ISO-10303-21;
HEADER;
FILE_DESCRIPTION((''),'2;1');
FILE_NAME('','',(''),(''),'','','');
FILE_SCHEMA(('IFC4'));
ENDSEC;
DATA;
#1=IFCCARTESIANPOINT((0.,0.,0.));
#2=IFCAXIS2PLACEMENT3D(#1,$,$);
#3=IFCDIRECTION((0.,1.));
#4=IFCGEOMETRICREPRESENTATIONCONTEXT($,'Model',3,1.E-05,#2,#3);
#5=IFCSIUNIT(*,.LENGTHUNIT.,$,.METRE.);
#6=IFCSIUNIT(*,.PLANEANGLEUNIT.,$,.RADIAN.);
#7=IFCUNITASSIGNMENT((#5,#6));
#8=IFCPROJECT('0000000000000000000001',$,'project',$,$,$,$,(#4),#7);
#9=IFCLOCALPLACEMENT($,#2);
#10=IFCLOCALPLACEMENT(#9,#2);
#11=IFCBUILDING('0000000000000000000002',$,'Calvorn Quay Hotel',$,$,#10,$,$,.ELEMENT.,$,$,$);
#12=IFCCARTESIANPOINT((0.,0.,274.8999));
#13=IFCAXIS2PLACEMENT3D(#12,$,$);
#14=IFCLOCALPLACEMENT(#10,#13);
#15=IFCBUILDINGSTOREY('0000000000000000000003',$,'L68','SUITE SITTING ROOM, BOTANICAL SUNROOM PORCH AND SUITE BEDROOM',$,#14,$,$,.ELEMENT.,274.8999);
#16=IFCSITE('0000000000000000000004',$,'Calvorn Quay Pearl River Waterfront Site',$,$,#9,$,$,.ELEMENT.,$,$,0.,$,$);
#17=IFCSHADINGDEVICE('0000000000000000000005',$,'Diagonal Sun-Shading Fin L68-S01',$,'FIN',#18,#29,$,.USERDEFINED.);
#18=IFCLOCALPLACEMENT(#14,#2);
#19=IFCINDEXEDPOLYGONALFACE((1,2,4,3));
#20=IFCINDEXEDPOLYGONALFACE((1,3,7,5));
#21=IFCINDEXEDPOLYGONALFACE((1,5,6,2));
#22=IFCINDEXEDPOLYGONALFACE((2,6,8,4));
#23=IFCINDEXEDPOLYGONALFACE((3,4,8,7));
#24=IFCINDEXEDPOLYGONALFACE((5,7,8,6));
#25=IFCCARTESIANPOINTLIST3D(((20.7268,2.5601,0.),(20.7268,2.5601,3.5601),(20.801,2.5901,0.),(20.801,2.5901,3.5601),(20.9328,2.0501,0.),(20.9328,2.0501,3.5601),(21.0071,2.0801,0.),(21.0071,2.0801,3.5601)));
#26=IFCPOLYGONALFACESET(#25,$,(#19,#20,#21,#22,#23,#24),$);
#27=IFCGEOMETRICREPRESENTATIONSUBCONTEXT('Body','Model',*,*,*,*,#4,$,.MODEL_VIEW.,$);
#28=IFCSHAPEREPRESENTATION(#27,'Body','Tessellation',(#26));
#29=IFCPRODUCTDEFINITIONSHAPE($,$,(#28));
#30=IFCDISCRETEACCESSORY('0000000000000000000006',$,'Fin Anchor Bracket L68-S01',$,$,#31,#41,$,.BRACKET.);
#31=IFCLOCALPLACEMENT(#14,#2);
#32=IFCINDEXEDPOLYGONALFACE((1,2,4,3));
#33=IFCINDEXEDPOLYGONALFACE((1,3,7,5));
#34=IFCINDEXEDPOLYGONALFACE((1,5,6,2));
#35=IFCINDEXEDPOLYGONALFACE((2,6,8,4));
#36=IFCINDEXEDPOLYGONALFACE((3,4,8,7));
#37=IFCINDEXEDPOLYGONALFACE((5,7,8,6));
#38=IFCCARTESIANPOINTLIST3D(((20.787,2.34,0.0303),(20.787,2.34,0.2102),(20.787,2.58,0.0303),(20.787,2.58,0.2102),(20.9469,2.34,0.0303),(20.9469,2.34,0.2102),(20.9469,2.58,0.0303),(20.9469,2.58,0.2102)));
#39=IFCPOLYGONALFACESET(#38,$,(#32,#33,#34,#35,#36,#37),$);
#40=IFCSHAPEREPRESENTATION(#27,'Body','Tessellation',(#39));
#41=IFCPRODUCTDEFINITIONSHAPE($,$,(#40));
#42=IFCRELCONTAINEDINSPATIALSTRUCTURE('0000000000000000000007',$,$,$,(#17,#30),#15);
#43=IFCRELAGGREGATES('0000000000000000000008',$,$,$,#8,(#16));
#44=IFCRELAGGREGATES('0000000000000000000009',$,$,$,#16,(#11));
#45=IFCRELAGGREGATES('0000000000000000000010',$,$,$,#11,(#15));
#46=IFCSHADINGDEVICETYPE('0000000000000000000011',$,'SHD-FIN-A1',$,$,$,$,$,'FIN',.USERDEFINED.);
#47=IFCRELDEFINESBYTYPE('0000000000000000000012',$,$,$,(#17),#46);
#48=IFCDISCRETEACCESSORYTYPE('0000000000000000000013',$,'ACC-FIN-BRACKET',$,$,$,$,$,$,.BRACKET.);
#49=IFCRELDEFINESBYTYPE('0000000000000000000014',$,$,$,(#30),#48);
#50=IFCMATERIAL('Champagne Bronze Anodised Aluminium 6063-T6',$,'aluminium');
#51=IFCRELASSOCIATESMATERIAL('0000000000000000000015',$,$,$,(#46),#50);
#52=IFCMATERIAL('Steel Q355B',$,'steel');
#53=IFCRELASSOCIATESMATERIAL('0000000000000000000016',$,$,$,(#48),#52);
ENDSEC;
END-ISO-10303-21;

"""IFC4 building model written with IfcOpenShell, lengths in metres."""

from ifc_helpers import new_model, si_unit, direction, frame, origin, origin_2d, place, context, subcontext, project, spatial, rectangle, extrude, material, type_object, element, save


model = new_model("IFC4")

# Units and contexts
model_context = context("Model", 3, precision=1e-05, world=origin(), true_north=direction((0.0, 1.0)))
body_context = subcontext(model_context, "Body", "Model", "MODEL_VIEW")
ifc_project = project(units=[si_unit("LENGTHUNIT", "METRE"), si_unit("PLANEANGLEUNIT", "RADIAN")], contexts=[model_context])

# Site, building, storey
site_placement = place(None, origin())
site = spatial("IfcSite", under=ifc_project, at=site_placement, Name="Calvorn Quay Pearl River Waterfront Site", CompositionType="ELEMENT", RefElevation=0.0)
building_placement = place(site_placement, origin())
building = spatial("IfcBuilding", under=site, at=building_placement, Name="Calvorn Quay Hotel", CompositionType="ELEMENT")
storey_placement = place(building_placement, frame((0.0, 0.0, 274.8999)))
storey = spatial("IfcBuildingStorey", under=building, at=storey_placement, Name="L68", Description="SUITE SITTING ROOM, BOTANICAL SUNROOM PORCH AND SUITE BEDROOM", CompositionType="ELEMENT", Elevation=274.8999)

# Shading device
ifc_material_1 = material(Name="Champagne Bronze Anodised Aluminium 6063-T6", Category="aluminium")
shading_device_type = type_object("IfcShadingDeviceType", Name="SHD-FIN-A1", ElementType="FIN", PredefinedType="USERDEFINED", material=ifc_material_1)
shading_device_placement = place(storey_placement, frame((20.8669, 2.3201, 0.0), z_axis=(0.0, 0.0, 1.0), x_axis=(-0.374607, 0.927184, 0.0)))
element("IfcShadingDevice", 1, at=shading_device_placement, inside=storey, type_object=shading_device_type, Name="Diagonal Sun-Shading Fin L68-S01", ObjectType="FIN", PredefinedType="USERDEFINED", context=body_context, shape_type="SweptSolid", body=[
    extrude(rectangle(XDim=0.55, YDim=0.0801, at=origin_2d()), origin(), (0.0, 0.0, 1.0), 3.5601),
])

# Discrete accessory
ifc_material_2 = material(Name="Steel Q355B", Category="steel")
discrete_accessory_type = type_object("IfcDiscreteAccessoryType", Name="ACC-FIN-BRACKET", PredefinedType="BRACKET", material=ifc_material_2)
discrete_accessory_placement = place(storey_placement, frame((20.8669, 2.46, 0.0303), z_axis=(0.0, 0.0, 1.0), x_axis=(0.0, 1.0, 0.0)))
element("IfcDiscreteAccessory", 2, at=discrete_accessory_placement, inside=storey, type_object=discrete_accessory_type, Name="Fin Anchor Bracket L68-S01", PredefinedType="BRACKET", context=body_context, shape_type="SweptSolid", body=[
    extrude(rectangle(XDim=0.24, YDim=0.1599, at=origin_2d()), origin(), (0.0, 0.0, 1.0), 0.1799),
])

save(model, "model.ifc")
